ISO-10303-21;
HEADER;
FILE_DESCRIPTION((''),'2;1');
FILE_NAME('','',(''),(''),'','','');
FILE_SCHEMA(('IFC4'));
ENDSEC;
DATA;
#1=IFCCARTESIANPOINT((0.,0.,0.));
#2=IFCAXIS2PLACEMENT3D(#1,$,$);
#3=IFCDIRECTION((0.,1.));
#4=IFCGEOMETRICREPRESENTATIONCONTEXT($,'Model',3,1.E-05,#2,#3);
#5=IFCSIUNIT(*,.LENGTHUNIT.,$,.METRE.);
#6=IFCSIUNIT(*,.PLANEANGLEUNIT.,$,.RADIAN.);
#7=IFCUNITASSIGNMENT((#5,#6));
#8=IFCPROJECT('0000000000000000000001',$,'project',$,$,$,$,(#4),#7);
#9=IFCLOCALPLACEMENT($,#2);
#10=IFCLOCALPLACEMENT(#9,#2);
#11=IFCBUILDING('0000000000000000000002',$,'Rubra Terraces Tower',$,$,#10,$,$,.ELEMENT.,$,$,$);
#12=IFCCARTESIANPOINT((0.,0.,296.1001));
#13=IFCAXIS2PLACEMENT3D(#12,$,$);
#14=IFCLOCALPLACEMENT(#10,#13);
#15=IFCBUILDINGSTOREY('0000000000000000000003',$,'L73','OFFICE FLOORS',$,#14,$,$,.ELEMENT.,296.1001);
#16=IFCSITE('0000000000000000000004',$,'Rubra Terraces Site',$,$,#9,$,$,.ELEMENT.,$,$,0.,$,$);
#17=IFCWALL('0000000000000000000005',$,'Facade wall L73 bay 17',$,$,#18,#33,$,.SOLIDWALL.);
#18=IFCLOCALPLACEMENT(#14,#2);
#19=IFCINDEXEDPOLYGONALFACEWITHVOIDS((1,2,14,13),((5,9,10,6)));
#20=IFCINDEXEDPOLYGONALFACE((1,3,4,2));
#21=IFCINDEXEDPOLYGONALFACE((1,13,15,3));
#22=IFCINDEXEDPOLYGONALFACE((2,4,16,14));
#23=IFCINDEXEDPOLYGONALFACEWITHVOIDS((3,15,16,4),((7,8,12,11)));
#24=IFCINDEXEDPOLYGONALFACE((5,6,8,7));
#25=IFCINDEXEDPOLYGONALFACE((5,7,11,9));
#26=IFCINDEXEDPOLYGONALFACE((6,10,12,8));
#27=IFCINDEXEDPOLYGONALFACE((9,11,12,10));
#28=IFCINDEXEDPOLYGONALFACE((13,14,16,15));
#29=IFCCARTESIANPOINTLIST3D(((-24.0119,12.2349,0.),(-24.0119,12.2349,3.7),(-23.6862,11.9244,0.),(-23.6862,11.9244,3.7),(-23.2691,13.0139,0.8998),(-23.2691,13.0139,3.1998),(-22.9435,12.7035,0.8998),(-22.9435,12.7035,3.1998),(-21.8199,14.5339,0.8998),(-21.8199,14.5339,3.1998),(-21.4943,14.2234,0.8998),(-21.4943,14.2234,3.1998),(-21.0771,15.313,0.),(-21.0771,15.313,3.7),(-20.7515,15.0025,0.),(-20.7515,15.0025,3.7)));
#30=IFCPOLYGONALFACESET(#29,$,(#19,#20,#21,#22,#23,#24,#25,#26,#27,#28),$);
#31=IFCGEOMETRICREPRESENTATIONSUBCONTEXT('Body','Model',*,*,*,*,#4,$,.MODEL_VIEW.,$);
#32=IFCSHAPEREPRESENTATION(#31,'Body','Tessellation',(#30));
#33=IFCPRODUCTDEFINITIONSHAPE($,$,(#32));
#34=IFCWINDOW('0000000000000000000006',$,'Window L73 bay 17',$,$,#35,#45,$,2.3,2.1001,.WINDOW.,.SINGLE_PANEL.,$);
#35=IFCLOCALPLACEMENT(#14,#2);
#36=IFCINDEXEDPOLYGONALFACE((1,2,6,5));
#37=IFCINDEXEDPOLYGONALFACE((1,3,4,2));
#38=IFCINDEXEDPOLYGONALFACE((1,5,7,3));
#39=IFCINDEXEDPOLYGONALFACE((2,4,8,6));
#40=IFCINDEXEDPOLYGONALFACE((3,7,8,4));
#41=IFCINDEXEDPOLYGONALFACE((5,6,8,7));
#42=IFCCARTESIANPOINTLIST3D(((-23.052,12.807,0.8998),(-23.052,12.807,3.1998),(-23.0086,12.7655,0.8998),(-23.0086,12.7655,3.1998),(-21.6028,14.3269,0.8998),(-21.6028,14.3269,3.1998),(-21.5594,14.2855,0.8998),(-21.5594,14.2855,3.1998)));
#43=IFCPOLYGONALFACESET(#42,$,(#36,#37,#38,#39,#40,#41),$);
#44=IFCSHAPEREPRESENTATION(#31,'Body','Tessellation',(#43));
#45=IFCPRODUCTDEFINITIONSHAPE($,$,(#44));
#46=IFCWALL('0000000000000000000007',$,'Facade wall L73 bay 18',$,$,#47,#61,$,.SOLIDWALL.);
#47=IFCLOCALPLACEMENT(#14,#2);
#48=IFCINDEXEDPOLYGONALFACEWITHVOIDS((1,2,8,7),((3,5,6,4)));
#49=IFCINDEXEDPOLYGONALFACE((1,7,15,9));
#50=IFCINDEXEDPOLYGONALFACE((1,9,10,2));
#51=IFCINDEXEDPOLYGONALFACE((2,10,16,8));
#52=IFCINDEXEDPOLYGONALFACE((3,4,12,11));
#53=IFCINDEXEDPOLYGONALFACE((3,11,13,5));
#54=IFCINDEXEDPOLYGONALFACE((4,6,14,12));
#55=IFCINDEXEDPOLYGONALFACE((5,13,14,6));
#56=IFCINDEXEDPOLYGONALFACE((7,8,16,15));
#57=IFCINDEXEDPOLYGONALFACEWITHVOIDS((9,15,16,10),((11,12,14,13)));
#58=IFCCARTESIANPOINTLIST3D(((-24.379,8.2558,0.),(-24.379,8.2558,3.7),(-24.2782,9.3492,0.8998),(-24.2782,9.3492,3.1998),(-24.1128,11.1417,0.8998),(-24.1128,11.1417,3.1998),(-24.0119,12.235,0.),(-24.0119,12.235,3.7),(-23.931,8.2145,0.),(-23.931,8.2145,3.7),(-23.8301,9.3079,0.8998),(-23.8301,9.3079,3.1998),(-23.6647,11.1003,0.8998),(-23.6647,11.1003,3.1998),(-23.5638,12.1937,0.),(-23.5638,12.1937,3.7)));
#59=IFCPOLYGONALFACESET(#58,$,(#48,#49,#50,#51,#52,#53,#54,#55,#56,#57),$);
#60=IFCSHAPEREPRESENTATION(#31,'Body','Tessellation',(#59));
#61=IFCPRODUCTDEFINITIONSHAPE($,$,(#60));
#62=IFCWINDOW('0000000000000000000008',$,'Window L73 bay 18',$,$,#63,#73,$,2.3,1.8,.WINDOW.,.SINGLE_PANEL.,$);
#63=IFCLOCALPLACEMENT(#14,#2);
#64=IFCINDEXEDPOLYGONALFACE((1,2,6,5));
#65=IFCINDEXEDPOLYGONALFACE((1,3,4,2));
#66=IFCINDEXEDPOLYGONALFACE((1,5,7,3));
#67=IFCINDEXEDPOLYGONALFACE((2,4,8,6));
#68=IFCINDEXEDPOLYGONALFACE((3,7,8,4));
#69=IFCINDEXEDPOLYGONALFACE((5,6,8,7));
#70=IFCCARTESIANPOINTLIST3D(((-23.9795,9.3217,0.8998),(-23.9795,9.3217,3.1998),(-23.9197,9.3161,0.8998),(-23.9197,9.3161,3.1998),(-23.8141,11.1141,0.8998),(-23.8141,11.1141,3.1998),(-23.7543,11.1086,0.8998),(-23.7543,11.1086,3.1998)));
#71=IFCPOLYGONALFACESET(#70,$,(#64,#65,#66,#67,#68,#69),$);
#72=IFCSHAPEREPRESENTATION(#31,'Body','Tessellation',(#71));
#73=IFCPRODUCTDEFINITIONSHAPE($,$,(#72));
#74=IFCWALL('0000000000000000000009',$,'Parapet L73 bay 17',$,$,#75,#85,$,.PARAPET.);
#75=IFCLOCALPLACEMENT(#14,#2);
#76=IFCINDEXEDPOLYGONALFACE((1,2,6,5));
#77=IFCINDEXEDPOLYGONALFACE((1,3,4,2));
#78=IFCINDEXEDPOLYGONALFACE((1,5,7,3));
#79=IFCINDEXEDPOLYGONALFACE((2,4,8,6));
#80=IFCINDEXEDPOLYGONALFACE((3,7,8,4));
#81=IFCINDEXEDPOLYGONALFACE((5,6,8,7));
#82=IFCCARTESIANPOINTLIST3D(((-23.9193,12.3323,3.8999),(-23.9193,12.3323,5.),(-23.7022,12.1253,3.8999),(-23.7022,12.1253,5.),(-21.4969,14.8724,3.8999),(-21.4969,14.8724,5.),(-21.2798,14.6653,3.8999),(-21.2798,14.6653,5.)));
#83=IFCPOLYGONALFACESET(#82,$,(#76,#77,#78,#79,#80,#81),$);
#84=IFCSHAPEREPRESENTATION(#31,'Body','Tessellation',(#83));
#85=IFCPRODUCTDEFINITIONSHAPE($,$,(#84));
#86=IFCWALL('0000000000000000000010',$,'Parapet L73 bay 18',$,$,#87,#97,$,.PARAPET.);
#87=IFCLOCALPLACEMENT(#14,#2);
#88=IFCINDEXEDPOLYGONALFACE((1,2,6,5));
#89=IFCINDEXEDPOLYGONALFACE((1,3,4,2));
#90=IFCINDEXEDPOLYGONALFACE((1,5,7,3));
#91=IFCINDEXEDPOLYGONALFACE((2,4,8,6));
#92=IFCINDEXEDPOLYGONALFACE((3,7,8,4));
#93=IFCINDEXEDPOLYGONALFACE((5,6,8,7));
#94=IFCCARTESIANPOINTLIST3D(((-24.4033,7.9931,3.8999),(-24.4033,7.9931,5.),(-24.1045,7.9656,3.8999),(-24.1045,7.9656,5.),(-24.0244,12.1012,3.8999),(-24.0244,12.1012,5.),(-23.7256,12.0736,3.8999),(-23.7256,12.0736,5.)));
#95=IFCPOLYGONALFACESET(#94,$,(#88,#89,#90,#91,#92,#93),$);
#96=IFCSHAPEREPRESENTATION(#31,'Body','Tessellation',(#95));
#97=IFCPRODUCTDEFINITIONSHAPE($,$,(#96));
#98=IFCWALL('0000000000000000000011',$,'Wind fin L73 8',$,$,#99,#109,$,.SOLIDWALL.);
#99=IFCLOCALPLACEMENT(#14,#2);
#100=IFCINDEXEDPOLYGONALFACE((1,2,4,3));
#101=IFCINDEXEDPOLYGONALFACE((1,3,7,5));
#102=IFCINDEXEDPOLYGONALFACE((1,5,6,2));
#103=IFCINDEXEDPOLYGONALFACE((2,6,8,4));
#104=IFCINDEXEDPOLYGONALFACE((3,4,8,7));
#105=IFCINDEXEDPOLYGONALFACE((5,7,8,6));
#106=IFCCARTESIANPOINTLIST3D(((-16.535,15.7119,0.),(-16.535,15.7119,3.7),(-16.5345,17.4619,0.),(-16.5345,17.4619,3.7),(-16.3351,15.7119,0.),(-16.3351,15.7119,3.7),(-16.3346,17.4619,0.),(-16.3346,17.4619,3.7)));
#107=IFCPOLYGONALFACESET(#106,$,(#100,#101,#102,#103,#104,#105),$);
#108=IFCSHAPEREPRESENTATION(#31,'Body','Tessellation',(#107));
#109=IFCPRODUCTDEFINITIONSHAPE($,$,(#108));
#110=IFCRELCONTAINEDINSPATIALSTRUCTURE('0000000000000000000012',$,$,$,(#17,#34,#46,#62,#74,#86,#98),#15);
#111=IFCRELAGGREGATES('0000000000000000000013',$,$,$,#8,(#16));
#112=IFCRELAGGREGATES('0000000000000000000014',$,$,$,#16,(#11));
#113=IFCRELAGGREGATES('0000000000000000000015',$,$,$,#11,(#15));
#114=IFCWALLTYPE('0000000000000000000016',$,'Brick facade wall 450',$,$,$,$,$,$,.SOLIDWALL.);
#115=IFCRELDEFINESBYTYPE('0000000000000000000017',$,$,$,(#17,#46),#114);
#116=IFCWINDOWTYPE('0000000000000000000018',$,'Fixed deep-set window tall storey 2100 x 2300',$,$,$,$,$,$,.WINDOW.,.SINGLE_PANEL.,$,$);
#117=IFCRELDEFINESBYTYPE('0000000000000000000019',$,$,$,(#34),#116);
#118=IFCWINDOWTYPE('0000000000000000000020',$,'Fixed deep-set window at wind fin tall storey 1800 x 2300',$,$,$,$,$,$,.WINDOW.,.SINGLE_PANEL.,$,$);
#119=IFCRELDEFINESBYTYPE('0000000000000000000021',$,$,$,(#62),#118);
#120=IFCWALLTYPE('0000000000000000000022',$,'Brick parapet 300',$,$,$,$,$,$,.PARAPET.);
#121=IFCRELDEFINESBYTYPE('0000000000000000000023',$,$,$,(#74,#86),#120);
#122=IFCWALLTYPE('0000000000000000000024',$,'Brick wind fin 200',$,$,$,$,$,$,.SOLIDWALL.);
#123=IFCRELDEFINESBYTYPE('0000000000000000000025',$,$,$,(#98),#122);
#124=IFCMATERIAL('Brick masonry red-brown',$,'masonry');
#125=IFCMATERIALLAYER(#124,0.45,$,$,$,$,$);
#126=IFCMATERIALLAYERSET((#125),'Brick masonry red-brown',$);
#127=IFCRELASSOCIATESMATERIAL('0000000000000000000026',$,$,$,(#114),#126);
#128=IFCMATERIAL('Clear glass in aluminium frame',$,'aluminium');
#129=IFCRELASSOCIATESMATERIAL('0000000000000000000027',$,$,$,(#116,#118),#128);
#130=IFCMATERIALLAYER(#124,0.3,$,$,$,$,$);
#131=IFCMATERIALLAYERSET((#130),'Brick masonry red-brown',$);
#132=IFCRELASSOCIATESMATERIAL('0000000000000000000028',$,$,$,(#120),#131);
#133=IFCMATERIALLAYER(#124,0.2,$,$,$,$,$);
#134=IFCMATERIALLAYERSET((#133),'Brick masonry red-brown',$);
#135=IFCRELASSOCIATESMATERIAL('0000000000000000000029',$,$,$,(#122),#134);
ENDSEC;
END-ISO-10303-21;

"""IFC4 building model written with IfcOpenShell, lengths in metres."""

from ifc_helpers import new_model, si_unit, direction, frame, frame_2d, origin, place, context, subcontext, project, spatial, rectangle, extrude, material, layer, layer_set, type_object, element, fill, save


model = new_model("IFC4")

# Units and contexts
model_context = context("Model", 3, precision=1e-05, world=origin(), true_north=direction((0.0, 1.0)))
body_context = subcontext(model_context, "Body", "Model", "MODEL_VIEW")
ifc_project = project(units=[si_unit("LENGTHUNIT", "METRE"), si_unit("PLANEANGLEUNIT", "RADIAN")], contexts=[model_context])

# Site, building, storey
site_placement = place(None, origin())
site = spatial("IfcSite", under=ifc_project, at=site_placement, Name="Rubra Terraces Site", CompositionType="ELEMENT", RefElevation=0.0)
building_placement = place(site_placement, origin())
building = spatial("IfcBuilding", under=site, at=building_placement, Name="Rubra Terraces Tower", CompositionType="ELEMENT")
storey_placement = place(building_placement, frame((0.0, 0.0, 296.1001)))
storey = spatial("IfcBuildingStorey", under=building, at=storey_placement, Name="L73", Description="OFFICE FLOORS", CompositionType="ELEMENT", Elevation=296.1001)

# Walls, openings, windows
ifc_material_1 = material(Name="Brick masonry red-brown", Category="masonry")
ifc_layer_1 = layer(ifc_material_1, 0.45)
ifc_layer_set_1 = layer_set([ifc_layer_1], Name="Brick masonry red-brown")
wall_type_1 = type_object("IfcWallType", Name="Brick facade wall 450", PredefinedType="SOLIDWALL", material=ifc_layer_set_1)
ifc_material_2 = material(Name="Clear glass in aluminium frame", Category="aluminium")
window_type_1 = type_object("IfcWindowType", Name="Fixed deep-set window tall storey 2100 x 2300", PartitioningType="SINGLE_PANEL", PredefinedType="WINDOW", material=ifc_material_2)
wall_1_placement = place(storey_placement, frame((-20.9143, 15.1577, 0.0), z_axis=(0.0, 0.0, 1.0), x_axis=(-0.690058, -0.723754, 0.0)))
wall_1 = element("IfcWall", 1, at=wall_1_placement, inside=storey, type_object=wall_type_1, Name="Facade wall L73 bay 17", PredefinedType="SOLIDWALL", context=body_context, shape_type="SweptSolid", body=[
    extrude(rectangle(XDim=4.2529, YDim=0.45, at=frame_2d((2.1265, 0.0))), origin(), (0.0, 0.0, 1.0), 3.7),
])
opening_1_placement = place(wall_1_placement, frame((1.0764, 0.0, 0.8999)))
opening_1 = element("IfcOpeningElement", 2, at=opening_1_placement, cuts=wall_1, PredefinedType="OPENING", context=body_context, shape_type="SweptSolid", body=[
    extrude(rectangle(XDim=2.1001, YDim=2.3, at=frame_2d((1.05, 1.1499))), frame((0.0, 0.2349, 0.0), z_axis=(0.0, -1.0, 0.0), x_axis=(1.0, 0.0, 0.0)), (0.0, 0.0, 1.0), 0.47),
])
window_1_placement = place(opening_1_placement, origin())
window_1 = element("IfcWindow", 3, at=window_1_placement, inside=storey, type_object=window_type_1, Name="Window L73 bay 17", OverallHeight=2.3, OverallWidth=2.1001, PartitioningType="SINGLE_PANEL", PredefinedType="WINDOW", context=body_context, shape_type="SweptSolid", body=[
    extrude(rectangle(XDim=2.1001, YDim=2.3, at=frame_2d((1.05, 1.1499))), frame((0.0, 0.135, 0.0), z_axis=(0.0, -1.0, 0.0), x_axis=(1.0, 0.0, 0.0)), (0.0, 0.0, 1.0), 0.0601),
])
fill(opening_1, window_1)
wall_2_placement = place(storey_placement, frame((-23.7878, 12.2144, 0.0), z_axis=(0.0, 0.0, 1.0), x_axis=(-0.091885, -0.99577, 0.0)))
wall_2 = element("IfcWall", 4, at=wall_2_placement, inside=storey, type_object=wall_type_1, Name="Facade wall L73 bay 18", PredefinedType="SOLIDWALL", context=body_context, shape_type="SweptSolid", body=[
    extrude(rectangle(XDim=3.9961, YDim=0.45, at=frame_2d((1.998, 0.0))), origin(), (0.0, 0.0, 1.0), 3.7),
])
opening_2_placement = place(wall_2_placement, frame((1.0981, 0.0, 0.8999)))
opening_2 = element("IfcOpeningElement", 5, at=opening_2_placement, cuts=wall_2, PredefinedType="OPENING", context=body_context, shape_type="SweptSolid", body=[
    extrude(rectangle(XDim=1.8, YDim=2.3, at=frame_2d((0.8999, 1.1499))), frame((0.0, 0.2349, 0.0), z_axis=(0.0, -1.0, 0.0), x_axis=(1.0, 0.0, 0.0)), (0.0, 0.0, 1.0), 0.47),
])
window_type_2 = type_object("IfcWindowType", Name="Fixed deep-set window at wind fin tall storey 1800 x 2300", PartitioningType="SINGLE_PANEL", PredefinedType="WINDOW", material=ifc_material_2)
window_2_placement = place(opening_2_placement, origin())
window_2 = element("IfcWindow", 6, at=window_2_placement, inside=storey, type_object=window_type_2, Name="Window L73 bay 18", OverallHeight=2.3, OverallWidth=1.8, PartitioningType="SINGLE_PANEL", PredefinedType="WINDOW", context=body_context, shape_type="SweptSolid", body=[
    extrude(rectangle(XDim=1.8, YDim=2.3, at=frame_2d((0.8999, 1.1499))), frame((0.0, 0.135, 0.0), z_axis=(0.0, -1.0, 0.0), x_axis=(1.0, 0.0, 0.0)), (0.0, 0.0, 1.0), 0.0601),
])
fill(opening_2, window_2)

# Walls
ifc_layer_2 = layer(ifc_material_1, 0.3)
ifc_layer_set_2 = layer_set([ifc_layer_2], Name="Brick masonry red-brown")
wall_type_2 = type_object("IfcWallType", Name="Brick parapet 300", PredefinedType="PARAPET", material=ifc_layer_set_2)
wall_3_placement = place(storey_placement, frame((-21.3884, 14.7688, 3.8999), z_axis=(0.0, 0.0, 1.0), x_axis=(-0.690145, -0.723671, 0.0)))
element("IfcWall", 7, at=wall_3_placement, inside=storey, type_object=wall_type_2, Name="Parapet L73 bay 17", PredefinedType="PARAPET", context=body_context, shape_type="SweptSolid", body=[
    extrude(rectangle(XDim=3.51, YDim=0.3, at=frame_2d((1.7549, 0.0))), origin(), (0.0, 0.0, 1.0), 1.1001),
])
wall_4_placement = place(storey_placement, frame((-23.875, 12.0874, 3.8999), z_axis=(0.0, 0.0, 1.0), x_axis=(-0.091843, -0.995774, 0.0)))
element("IfcWall", 8, at=wall_4_placement, inside=storey, type_object=wall_type_2, Name="Parapet L73 bay 18", PredefinedType="PARAPET", context=body_context, shape_type="SweptSolid", body=[
    extrude(rectangle(XDim=4.1255, YDim=0.3, at=frame_2d((2.0627, 0.0))), origin(), (0.0, 0.0, 1.0), 1.1001),
])
ifc_layer_3 = layer(ifc_material_1, 0.2)
ifc_layer_set_3 = layer_set([ifc_layer_3], Name="Brick masonry red-brown")
wall_type_3 = type_object("IfcWallType", Name="Brick wind fin 200", PredefinedType="SOLIDWALL", material=ifc_layer_set_3)
wall_5_placement = place(storey_placement, frame((-16.4351, 15.7119, 0.0), z_axis=(0.0, 0.0, 1.0), x_axis=(0.000279, 1.0, 0.0)))
element("IfcWall", 9, at=wall_5_placement, inside=storey, type_object=wall_type_3, Name="Wind fin L73 8", PredefinedType="SOLIDWALL", context=body_context, shape_type="SweptSolid", body=[
    extrude(rectangle(XDim=1.75, YDim=0.2, at=frame_2d((0.875, 0.0))), origin(), (0.0, 0.0, 1.0), 3.7),
])

save(model, "model.ifc")
